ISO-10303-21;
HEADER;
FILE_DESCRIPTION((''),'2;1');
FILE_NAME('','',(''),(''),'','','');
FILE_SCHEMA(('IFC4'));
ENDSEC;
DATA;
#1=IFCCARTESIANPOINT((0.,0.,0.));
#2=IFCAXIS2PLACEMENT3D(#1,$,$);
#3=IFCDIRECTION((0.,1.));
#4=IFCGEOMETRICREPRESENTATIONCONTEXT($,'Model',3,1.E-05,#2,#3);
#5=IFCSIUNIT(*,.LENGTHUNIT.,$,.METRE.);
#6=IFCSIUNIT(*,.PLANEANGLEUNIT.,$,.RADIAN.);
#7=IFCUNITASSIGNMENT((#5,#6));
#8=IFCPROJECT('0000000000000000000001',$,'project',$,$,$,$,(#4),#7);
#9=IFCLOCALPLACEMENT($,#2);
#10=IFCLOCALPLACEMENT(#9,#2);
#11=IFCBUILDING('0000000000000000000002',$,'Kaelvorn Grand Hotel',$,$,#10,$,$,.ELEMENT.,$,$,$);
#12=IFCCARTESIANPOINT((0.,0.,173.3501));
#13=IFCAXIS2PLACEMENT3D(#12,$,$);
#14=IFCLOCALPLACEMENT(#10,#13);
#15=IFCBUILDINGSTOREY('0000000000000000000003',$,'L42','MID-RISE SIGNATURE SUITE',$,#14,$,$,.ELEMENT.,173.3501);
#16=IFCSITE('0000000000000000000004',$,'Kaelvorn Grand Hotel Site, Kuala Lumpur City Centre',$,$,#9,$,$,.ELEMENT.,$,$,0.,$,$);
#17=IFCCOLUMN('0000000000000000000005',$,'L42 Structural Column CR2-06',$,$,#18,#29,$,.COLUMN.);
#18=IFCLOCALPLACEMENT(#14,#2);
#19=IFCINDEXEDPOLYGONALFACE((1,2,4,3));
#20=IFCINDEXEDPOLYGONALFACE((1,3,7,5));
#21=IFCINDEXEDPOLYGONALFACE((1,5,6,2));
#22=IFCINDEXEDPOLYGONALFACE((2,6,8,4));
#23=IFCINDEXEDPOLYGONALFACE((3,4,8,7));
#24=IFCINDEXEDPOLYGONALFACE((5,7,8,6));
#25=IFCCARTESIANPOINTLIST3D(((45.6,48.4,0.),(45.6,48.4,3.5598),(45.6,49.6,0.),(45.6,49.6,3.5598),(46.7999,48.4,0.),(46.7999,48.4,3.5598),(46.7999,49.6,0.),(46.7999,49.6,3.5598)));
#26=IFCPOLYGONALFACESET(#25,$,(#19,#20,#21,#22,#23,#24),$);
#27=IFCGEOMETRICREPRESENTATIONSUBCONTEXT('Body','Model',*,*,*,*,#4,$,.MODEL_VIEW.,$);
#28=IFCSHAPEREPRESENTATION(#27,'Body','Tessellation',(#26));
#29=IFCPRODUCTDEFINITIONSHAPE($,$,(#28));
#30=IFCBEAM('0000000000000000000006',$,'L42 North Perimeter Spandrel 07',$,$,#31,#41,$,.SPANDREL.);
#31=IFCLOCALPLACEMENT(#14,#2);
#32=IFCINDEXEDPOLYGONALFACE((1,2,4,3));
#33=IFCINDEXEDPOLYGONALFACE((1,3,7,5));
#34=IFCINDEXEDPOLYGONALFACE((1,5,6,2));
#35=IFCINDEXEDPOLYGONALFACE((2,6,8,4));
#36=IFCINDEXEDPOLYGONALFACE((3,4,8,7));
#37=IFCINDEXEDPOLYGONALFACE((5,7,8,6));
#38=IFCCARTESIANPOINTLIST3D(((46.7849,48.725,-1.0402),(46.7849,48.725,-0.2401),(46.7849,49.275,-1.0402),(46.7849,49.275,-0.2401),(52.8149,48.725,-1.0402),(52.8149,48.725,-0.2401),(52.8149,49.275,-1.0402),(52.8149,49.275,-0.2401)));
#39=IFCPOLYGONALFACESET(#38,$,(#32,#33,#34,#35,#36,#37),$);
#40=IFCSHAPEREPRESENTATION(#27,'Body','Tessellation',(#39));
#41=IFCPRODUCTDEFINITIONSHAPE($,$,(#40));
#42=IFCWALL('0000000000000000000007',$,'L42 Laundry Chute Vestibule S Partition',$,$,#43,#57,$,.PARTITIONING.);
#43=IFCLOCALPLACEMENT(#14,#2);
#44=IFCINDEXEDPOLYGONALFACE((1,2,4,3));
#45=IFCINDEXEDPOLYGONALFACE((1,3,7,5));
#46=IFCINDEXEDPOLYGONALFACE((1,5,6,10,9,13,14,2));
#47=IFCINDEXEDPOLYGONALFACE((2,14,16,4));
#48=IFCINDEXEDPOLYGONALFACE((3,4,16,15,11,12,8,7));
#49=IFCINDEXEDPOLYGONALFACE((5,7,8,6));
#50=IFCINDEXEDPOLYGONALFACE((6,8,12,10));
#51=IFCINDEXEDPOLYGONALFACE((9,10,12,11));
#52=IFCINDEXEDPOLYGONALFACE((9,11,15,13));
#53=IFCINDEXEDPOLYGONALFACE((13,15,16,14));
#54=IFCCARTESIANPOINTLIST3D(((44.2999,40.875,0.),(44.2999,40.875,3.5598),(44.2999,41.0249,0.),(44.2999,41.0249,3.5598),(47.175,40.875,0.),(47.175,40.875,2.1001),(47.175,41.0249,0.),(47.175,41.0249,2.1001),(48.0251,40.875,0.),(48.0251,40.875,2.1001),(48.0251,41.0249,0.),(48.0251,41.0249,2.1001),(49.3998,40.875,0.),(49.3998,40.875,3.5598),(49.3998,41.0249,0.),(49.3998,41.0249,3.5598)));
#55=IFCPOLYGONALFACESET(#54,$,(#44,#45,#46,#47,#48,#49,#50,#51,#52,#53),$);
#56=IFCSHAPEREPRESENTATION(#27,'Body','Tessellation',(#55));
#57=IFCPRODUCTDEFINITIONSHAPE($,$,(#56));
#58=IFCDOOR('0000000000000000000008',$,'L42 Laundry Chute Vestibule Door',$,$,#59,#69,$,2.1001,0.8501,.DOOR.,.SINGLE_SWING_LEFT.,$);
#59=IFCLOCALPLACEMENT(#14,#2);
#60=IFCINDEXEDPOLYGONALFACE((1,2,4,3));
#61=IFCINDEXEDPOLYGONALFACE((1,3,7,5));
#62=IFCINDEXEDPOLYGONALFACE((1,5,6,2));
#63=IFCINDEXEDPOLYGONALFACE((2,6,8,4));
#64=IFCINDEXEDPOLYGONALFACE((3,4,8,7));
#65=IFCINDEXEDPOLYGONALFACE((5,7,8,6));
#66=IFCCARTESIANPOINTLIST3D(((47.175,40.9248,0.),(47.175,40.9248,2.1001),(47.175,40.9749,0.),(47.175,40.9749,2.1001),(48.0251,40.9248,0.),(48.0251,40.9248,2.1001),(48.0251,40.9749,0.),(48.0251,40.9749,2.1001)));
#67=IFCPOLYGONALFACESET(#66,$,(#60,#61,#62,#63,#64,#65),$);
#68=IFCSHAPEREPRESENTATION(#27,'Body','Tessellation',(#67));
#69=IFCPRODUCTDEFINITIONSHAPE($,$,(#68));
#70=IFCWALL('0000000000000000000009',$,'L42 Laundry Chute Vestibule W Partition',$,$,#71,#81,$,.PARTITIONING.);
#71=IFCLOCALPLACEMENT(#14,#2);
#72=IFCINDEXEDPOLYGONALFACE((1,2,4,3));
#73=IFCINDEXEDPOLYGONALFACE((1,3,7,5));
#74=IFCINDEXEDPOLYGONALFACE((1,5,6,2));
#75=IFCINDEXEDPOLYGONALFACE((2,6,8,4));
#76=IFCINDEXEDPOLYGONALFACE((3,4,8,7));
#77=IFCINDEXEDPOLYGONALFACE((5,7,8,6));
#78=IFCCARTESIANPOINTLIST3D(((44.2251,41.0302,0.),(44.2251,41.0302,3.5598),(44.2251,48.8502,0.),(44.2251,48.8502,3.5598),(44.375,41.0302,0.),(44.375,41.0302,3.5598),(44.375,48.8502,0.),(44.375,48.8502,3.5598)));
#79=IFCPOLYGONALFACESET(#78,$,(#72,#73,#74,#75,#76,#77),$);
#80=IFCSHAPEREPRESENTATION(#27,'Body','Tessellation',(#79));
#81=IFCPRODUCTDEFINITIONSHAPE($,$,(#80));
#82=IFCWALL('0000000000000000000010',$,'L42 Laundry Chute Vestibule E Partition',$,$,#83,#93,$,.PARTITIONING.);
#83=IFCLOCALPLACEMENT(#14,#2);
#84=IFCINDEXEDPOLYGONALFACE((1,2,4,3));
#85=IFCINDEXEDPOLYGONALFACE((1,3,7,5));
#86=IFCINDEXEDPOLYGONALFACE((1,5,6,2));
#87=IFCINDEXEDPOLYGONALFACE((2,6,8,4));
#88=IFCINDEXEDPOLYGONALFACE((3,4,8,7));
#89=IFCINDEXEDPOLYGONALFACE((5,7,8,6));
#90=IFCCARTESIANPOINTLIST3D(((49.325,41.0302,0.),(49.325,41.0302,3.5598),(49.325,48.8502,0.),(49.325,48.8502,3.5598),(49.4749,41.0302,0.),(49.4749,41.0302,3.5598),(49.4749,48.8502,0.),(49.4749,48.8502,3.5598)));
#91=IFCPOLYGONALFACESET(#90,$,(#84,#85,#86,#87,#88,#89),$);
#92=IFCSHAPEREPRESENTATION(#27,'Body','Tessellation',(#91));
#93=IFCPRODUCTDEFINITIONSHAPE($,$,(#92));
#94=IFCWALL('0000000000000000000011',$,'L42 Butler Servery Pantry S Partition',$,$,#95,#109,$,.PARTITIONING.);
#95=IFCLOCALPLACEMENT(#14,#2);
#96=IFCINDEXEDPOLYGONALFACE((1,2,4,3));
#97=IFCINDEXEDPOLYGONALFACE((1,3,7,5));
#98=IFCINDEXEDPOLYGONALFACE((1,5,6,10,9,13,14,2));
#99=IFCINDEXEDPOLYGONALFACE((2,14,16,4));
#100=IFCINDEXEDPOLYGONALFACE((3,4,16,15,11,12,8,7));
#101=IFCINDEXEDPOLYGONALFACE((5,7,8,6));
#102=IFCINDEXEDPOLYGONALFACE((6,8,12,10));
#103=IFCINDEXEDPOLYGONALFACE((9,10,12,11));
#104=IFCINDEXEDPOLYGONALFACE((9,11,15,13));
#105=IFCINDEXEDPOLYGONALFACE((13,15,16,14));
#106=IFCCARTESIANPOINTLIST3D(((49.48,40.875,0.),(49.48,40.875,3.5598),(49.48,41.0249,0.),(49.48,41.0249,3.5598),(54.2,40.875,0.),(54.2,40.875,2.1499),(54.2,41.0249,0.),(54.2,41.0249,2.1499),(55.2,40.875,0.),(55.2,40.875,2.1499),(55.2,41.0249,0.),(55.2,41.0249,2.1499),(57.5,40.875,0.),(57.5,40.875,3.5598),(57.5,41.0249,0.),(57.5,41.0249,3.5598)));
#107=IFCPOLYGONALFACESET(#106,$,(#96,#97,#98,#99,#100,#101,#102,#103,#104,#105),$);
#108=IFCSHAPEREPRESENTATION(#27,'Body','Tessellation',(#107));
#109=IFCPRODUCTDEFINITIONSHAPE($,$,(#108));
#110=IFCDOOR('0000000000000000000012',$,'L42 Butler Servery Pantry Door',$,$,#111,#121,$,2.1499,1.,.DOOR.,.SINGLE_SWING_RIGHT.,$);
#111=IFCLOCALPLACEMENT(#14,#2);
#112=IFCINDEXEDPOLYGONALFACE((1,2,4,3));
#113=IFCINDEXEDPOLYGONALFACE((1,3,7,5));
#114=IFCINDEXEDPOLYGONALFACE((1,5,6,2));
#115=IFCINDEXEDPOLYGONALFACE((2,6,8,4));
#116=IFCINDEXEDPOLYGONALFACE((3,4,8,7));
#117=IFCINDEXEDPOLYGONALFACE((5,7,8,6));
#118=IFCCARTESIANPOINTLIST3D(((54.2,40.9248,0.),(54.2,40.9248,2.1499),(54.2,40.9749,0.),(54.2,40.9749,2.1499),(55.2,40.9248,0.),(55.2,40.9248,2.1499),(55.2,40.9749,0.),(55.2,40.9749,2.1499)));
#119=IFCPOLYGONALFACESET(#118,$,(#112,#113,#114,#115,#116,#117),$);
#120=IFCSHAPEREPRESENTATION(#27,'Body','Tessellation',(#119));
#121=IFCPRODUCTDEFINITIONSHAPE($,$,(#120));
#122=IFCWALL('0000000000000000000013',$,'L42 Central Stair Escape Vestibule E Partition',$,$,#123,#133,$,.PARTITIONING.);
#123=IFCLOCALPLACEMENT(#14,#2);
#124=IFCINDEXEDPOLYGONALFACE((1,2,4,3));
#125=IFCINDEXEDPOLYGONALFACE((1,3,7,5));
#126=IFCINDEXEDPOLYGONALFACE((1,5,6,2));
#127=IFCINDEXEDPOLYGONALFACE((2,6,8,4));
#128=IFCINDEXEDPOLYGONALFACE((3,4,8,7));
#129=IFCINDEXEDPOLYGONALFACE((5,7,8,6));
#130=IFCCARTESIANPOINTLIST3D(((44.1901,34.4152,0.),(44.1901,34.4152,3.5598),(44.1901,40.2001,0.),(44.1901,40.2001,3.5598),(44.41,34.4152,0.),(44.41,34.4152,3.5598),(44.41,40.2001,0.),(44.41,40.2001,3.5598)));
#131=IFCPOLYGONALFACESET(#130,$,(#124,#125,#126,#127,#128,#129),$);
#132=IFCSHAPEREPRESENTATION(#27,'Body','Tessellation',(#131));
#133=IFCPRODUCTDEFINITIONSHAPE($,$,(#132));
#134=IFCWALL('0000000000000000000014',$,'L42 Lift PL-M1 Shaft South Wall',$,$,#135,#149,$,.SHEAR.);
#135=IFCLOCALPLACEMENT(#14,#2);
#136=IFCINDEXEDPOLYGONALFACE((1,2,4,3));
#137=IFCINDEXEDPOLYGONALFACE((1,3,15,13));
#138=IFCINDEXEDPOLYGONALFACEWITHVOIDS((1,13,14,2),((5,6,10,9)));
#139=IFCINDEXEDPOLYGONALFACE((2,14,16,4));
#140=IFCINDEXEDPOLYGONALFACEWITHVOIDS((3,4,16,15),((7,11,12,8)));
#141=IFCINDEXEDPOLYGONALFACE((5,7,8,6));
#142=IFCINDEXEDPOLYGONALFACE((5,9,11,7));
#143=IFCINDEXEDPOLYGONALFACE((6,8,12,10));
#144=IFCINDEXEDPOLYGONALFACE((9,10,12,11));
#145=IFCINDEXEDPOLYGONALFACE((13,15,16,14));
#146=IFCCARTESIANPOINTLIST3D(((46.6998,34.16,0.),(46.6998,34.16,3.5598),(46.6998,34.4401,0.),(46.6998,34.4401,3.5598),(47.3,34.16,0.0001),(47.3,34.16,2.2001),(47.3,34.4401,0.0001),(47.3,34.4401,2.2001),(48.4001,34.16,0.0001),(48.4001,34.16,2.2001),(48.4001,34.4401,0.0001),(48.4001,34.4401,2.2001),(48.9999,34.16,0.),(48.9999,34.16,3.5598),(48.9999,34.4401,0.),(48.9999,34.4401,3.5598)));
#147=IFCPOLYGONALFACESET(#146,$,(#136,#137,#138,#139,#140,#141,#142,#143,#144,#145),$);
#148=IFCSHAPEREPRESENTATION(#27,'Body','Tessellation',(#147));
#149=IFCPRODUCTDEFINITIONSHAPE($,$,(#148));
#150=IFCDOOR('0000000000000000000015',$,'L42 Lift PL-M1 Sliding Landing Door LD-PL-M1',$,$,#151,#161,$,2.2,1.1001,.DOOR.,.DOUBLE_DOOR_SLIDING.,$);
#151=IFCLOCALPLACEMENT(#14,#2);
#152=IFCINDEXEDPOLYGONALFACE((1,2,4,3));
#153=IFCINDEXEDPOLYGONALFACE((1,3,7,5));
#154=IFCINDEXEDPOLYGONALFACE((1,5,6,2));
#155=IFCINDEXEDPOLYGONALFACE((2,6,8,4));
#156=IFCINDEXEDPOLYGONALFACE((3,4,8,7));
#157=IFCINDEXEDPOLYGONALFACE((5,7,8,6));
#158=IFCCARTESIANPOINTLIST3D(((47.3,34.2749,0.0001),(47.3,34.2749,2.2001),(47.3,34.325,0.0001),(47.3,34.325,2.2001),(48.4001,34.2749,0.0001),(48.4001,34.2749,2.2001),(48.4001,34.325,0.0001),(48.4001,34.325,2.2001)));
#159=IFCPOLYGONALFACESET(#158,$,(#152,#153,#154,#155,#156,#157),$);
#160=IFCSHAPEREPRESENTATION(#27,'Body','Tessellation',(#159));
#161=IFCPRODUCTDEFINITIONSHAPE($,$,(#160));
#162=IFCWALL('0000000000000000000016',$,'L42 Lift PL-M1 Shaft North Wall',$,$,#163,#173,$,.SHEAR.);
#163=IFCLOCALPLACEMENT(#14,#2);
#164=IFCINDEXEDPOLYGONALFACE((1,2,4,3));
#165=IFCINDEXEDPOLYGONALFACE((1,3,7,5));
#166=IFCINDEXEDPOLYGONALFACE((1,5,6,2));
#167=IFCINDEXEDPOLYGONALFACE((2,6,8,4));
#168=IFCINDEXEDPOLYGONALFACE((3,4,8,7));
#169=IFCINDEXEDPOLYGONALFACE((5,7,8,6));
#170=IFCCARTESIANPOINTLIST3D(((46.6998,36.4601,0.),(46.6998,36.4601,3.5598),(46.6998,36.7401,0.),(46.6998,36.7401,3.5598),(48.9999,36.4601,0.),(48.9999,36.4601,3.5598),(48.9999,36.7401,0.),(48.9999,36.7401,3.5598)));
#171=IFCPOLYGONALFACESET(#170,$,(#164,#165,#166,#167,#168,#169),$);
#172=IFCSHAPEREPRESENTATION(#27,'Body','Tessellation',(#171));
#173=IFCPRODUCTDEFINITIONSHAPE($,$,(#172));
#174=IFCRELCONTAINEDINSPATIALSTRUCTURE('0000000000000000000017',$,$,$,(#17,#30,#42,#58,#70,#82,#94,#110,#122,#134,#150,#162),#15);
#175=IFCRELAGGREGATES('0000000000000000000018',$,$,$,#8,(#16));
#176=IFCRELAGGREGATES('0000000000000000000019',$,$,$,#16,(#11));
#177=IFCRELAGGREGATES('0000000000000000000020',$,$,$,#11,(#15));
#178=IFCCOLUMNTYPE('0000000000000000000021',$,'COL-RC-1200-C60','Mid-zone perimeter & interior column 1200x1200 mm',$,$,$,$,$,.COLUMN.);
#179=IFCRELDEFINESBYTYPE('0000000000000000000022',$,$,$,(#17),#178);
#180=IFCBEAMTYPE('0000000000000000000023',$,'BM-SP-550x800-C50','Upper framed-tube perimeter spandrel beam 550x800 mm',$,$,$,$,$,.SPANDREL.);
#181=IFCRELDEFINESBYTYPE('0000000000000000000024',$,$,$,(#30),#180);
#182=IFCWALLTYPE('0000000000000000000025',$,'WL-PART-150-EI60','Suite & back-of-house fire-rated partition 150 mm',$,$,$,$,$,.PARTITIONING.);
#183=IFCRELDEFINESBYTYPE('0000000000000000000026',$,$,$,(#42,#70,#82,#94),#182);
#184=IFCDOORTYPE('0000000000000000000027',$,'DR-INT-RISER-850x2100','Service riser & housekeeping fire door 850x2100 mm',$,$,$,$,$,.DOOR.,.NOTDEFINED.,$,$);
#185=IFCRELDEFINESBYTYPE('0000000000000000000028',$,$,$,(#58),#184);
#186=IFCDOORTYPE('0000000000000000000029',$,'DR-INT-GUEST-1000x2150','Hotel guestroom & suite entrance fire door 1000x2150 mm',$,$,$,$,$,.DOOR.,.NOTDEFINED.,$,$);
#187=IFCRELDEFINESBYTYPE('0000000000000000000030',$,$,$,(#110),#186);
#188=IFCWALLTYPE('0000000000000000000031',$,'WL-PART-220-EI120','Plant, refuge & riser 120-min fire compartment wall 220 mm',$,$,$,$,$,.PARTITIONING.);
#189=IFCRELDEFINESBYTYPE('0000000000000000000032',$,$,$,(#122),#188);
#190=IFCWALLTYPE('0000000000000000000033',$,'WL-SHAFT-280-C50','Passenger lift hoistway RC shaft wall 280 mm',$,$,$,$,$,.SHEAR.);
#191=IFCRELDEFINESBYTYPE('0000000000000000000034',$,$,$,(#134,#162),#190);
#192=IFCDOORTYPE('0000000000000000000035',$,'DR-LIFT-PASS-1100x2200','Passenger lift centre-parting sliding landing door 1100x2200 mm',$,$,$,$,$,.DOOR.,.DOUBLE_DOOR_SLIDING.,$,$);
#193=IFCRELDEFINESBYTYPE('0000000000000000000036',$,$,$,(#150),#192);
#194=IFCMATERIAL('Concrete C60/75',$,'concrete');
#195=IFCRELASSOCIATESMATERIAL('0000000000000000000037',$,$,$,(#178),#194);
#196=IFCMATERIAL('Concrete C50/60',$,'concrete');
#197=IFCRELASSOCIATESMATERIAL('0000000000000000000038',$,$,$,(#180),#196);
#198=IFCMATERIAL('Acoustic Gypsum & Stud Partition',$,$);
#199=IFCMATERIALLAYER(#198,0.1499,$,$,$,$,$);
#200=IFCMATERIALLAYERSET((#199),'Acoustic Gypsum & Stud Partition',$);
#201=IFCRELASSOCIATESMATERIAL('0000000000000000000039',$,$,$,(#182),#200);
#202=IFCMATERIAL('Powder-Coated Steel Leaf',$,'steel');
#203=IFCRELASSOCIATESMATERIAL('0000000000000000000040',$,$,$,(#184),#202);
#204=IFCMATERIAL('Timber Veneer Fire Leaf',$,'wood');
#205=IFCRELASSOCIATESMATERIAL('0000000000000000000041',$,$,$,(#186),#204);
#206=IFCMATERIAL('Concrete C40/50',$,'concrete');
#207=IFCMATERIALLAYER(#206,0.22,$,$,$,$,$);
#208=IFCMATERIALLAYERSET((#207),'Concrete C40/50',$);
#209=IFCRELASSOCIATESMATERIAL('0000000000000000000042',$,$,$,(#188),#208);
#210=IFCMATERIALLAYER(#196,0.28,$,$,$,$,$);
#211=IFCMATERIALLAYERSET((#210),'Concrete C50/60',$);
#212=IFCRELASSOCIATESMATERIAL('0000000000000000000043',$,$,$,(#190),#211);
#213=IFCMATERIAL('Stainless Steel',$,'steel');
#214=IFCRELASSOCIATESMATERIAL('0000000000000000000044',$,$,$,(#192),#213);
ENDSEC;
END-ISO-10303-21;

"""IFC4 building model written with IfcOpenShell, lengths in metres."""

from ifc_helpers import new_model, si_unit, direction, frame, frame_2d, origin, origin_2d, place, context, subcontext, project, spatial, rectangle, extrude, material, layer, layer_set, material_profile, profile_set, type_object, element, fill, save


model = new_model("IFC4")

# Units and contexts
model_context = context("Model", 3, precision=1e-05, world=origin(), true_north=direction((0.0, 1.0)))
body_context = subcontext(model_context, "Body", "Model", "MODEL_VIEW")
ifc_project = project(units=[si_unit("LENGTHUNIT", "METRE"), si_unit("PLANEANGLEUNIT", "RADIAN")], contexts=[model_context])

# Site, building, storey
site_placement = place(None, origin())
site = spatial("IfcSite", under=ifc_project, at=site_placement, Name="Kaelvorn Grand Hotel Site, Kuala Lumpur City Centre", CompositionType="ELEMENT", RefElevation=0.0)
building_placement = place(site_placement, origin())
building = spatial("IfcBuilding", under=site, at=building_placement, Name="Kaelvorn Grand Hotel", CompositionType="ELEMENT")
storey_placement = place(building_placement, frame((0.0, 0.0, 173.3501)))
storey = spatial("IfcBuildingStorey", under=building, at=storey_placement, Name="L42", Description="MID-RISE SIGNATURE SUITE", CompositionType="ELEMENT", Elevation=173.3501)

# Column
ifc_material_1 = material(Name="Concrete C60/75", Category="concrete")
ifc_material_profile_1 = material_profile(ifc_material_1, rectangle(XDim=1.2, YDim=1.2, at=origin_2d()), Name="RC COL 1200x1200")
ifc_profile_set_1 = profile_set([ifc_material_profile_1], Name="Concrete C60/75")
column_type = type_object("IfcColumnType", Name="COL-RC-1200-C60", Description="Mid-zone perimeter & interior column 1200x1200 mm", PredefinedType="COLUMN", material=ifc_profile_set_1)
column_placement = place(storey_placement, frame((46.2, 49.0, 0.0), z_axis=(0.0, 0.0, 1.0), x_axis=(1.0, 0.0, 0.0)))
element("IfcColumn", 1, at=column_placement, inside=storey, type_object=column_type, Name="L42 Structural Column CR2-06", PredefinedType="COLUMN", context=body_context, shape_type="SweptSolid", body=[
    extrude(rectangle(XDim=1.2, YDim=1.2, at=origin_2d()), origin(), (0.0, 0.0, 1.0), 3.5598),
])

# Beam
ifc_material_2 = material(Name="Concrete C50/60", Category="concrete")
ifc_material_profile_2 = material_profile(ifc_material_2, rectangle(XDim=0.55, YDim=0.8, at=origin_2d()), Name="RC SPANDREL 550x800")
ifc_profile_set_2 = profile_set([ifc_material_profile_2], Name="Concrete C50/60")
beam_type = type_object("IfcBeamType", Name="BM-SP-550x800-C50", Description="Upper framed-tube perimeter spandrel beam 550x800 mm", PredefinedType="SPANDREL", material=ifc_profile_set_2)
beam_placement = place(storey_placement, frame((46.7849, 49.0, -0.6401), z_axis=(1.0, 0.0, 0.0), x_axis=(0.0, 1.0, 0.0)))
element("IfcBeam", 2, at=beam_placement, inside=storey, type_object=beam_type, Name="L42 North Perimeter Spandrel 07", PredefinedType="SPANDREL", context=body_context, shape_type="SweptSolid", body=[
    extrude(rectangle(XDim=0.55, YDim=0.8, at=origin_2d()), origin(), (0.0, 0.0, 1.0), 6.03),
])

# Wall, opening, door
ifc_material_3 = material(Name="Acoustic Gypsum & Stud Partition")
ifc_layer_1 = layer(ifc_material_3, 0.1499)
ifc_layer_set_1 = layer_set([ifc_layer_1], Name="Acoustic Gypsum & Stud Partition")
wall_type_1 = type_object("IfcWallType", Name="WL-PART-150-EI60", Description="Suite & back-of-house fire-rated partition 150 mm", PredefinedType="PARTITIONING", material=ifc_layer_set_1)
wall_1_placement = place(storey_placement, frame((44.3, 40.95, 0.0), z_axis=(0.0, 0.0, 1.0), x_axis=(1.0, 0.0, 0.0)))
wall_1 = element("IfcWall", 3, at=wall_1_placement, inside=storey, type_object=wall_type_1, Name="L42 Laundry Chute Vestibule S Partition", PredefinedType="PARTITIONING", context=body_context, shape_type="SweptSolid", body=[
    extrude(rectangle(XDim=5.0999, YDim=0.1499, at=frame_2d((2.5498, 0.0))), origin(), (0.0, 0.0, 1.0), 3.5598),
])
opening_1_placement = place(wall_1_placement, frame((2.875, 0.0, 0.0)))
opening_1 = element("IfcOpeningElement", 4, at=opening_1_placement, cuts=wall_1, PredefinedType="OPENING", context=body_context, shape_type="SweptSolid", body=[
    extrude(rectangle(XDim=0.8501, YDim=2.1001, at=frame_2d((0.425, 1.05))), frame((0.0, 0.085, 0.0), z_axis=(0.0, -1.0, 0.0), x_axis=(1.0, 0.0, 0.0)), (0.0, 0.0, 1.0), 0.1699),
])
ifc_material_4 = material(Name="Powder-Coated Steel Leaf", Category="steel")
door_type_1 = type_object("IfcDoorType", Name="DR-INT-RISER-850x2100", Description="Service riser & housekeeping fire door 850x2100 mm", OperationType="NOTDEFINED", PredefinedType="DOOR", material=ifc_material_4)
door_1_placement = place(opening_1_placement, origin())
door_1 = element("IfcDoor", 5, at=door_1_placement, inside=storey, type_object=door_type_1, Name="L42 Laundry Chute Vestibule Door", OperationType="SINGLE_SWING_LEFT", OverallHeight=2.1001, OverallWidth=0.8501, PredefinedType="DOOR", context=body_context, shape_type="SweptSolid", body=[
    extrude(rectangle(XDim=0.8501, YDim=2.1001, at=frame_2d((0.425, 1.05))), frame((0.0, 0.0249, 0.0), z_axis=(0.0, -1.0, 0.0), x_axis=(1.0, 0.0, 0.0)), (0.0, 0.0, 1.0), 0.05),
])
fill(opening_1, door_1)

# Walls
for number, where, z_axis, x_axis, name in (
    (6, (44.3, 41.03, 0.0), (0.0, 0.0, 1.0), (0.0, 1.0, 0.0), "L42 Laundry Chute Vestibule W Partition"),
    (7, (49.3999, 41.03, 0.0), (0.0, 0.0, 1.0), (0.0, 1.0, 0.0), "L42 Laundry Chute Vestibule E Partition"),
):
    element("IfcWall", number, at=place(storey_placement, frame(where, z_axis=z_axis, x_axis=x_axis)), inside=storey, type_object=wall_type_1, Name=name, PredefinedType="PARTITIONING", context=body_context, shape_type="SweptSolid", body=[
        extrude(rectangle(XDim=7.8201, YDim=0.1499, at=frame_2d((3.9102, 0.0))), origin(), (0.0, 0.0, 1.0), 3.5598),
    ])

# Wall, opening, door
wall_2_placement = place(storey_placement, frame((49.48, 40.95, 0.0), z_axis=(0.0, 0.0, 1.0), x_axis=(1.0, 0.0, 0.0)))
wall_2 = element("IfcWall", 8, at=wall_2_placement, inside=storey, type_object=wall_type_1, Name="L42 Butler Servery Pantry S Partition", PredefinedType="PARTITIONING", context=body_context, shape_type="SweptSolid", body=[
    extrude(rectangle(XDim=8.02, YDim=0.1499, at=frame_2d((4.01, 0.0))), origin(), (0.0, 0.0, 1.0), 3.5598),
])
opening_2_placement = place(wall_2_placement, frame((4.72, 0.0, 0.0)))
opening_2 = element("IfcOpeningElement", 9, at=opening_2_placement, cuts=wall_2, PredefinedType="OPENING", context=body_context, shape_type="SweptSolid", body=[
    extrude(rectangle(XDim=1.0, YDim=2.1499, at=frame_2d((0.5, 1.075))), frame((0.0, 0.085, 0.0), z_axis=(0.0, -1.0, 0.0), x_axis=(1.0, 0.0, 0.0)), (0.0, 0.0, 1.0), 0.1699),
])
ifc_material_5 = material(Name="Timber Veneer Fire Leaf", Category="wood")
door_type_2 = type_object("IfcDoorType", Name="DR-INT-GUEST-1000x2150", Description="Hotel guestroom & suite entrance fire door 1000x2150 mm", OperationType="NOTDEFINED", PredefinedType="DOOR", material=ifc_material_5)
door_2_placement = place(opening_2_placement, origin())
door_2 = element("IfcDoor", 10, at=door_2_placement, inside=storey, type_object=door_type_2, Name="L42 Butler Servery Pantry Door", OperationType="SINGLE_SWING_RIGHT", OverallHeight=2.1499, OverallWidth=1.0, PredefinedType="DOOR", context=body_context, shape_type="SweptSolid", body=[
    extrude(rectangle(XDim=1.0, YDim=2.1499, at=frame_2d((0.5, 1.075))), frame((0.0, 0.0249, 0.0), z_axis=(0.0, -1.0, 0.0), x_axis=(1.0, 0.0, 0.0)), (0.0, 0.0, 1.0), 0.05),
])
fill(opening_2, door_2)

# Wall
ifc_material_6 = material(Name="Concrete C40/50", Category="concrete")
ifc_layer_2 = layer(ifc_material_6, 0.22)
ifc_layer_set_2 = layer_set([ifc_layer_2], Name="Concrete C40/50")
wall_type_2 = type_object("IfcWallType", Name="WL-PART-220-EI120", Description="Plant, refuge & riser 120-min fire compartment wall 220 mm", PredefinedType="PARTITIONING", material=ifc_layer_set_2)
wall_3_placement = place(storey_placement, frame((44.3, 34.415, 0.0), z_axis=(0.0, 0.0, 1.0), x_axis=(0.0, 1.0, 0.0)))
element("IfcWall", 11, at=wall_3_placement, inside=storey, type_object=wall_type_2, Name="L42 Central Stair Escape Vestibule E Partition", PredefinedType="PARTITIONING", context=body_context, shape_type="SweptSolid", body=[
    extrude(rectangle(XDim=5.7849, YDim=0.22, at=frame_2d((2.8926, 0.0))), origin(), (0.0, 0.0, 1.0), 3.5598),
])

# Wall, opening, door
ifc_layer_3 = layer(ifc_material_2, 0.28)
ifc_layer_set_3 = layer_set([ifc_layer_3], Name="Concrete C50/60")
wall_type_3 = type_object("IfcWallType", Name="WL-SHAFT-280-C50", Description="Passenger lift hoistway RC shaft wall 280 mm", PredefinedType="SHEAR", material=ifc_layer_set_3)
wall_4_placement = place(storey_placement, frame((46.7, 34.3, 0.0), z_axis=(0.0, 0.0, 1.0), x_axis=(1.0, 0.0, 0.0)))
wall_4 = element("IfcWall", 12, at=wall_4_placement, inside=storey, type_object=wall_type_3, Name="L42 Lift PL-M1 Shaft South Wall", PredefinedType="SHEAR", context=body_context, shape_type="SweptSolid", body=[
    extrude(rectangle(XDim=2.3, YDim=0.28, at=frame_2d((1.1499, 0.0))), origin(), (0.0, 0.0, 1.0), 3.5598),
])
opening_3_placement = place(wall_4_placement, frame((0.6001, 0.0, 0.0)))
opening_3 = element("IfcOpeningElement", 13, at=opening_3_placement, cuts=wall_4, PredefinedType="OPENING", context=body_context, shape_type="SweptSolid", body=[
    extrude(rectangle(XDim=1.1001, YDim=2.2, at=frame_2d((0.55, 1.1001))), frame((0.0, 0.1499, 0.0), z_axis=(0.0, -1.0, 0.0), x_axis=(1.0, 0.0, 0.0)), (0.0, 0.0, 1.0), 0.3),
])
ifc_material_7 = material(Name="Stainless Steel", Category="steel")
door_type_3 = type_object("IfcDoorType", Name="DR-LIFT-PASS-1100x2200", Description="Passenger lift centre-parting sliding landing door 1100x2200 mm", OperationType="DOUBLE_DOOR_SLIDING", PredefinedType="DOOR", material=ifc_material_7)
door_3_placement = place(opening_3_placement, origin())
door_3 = element("IfcDoor", 14, at=door_3_placement, inside=storey, type_object=door_type_3, Name="L42 Lift PL-M1 Sliding Landing Door LD-PL-M1", OperationType="DOUBLE_DOOR_SLIDING", OverallHeight=2.2, OverallWidth=1.1001, PredefinedType="DOOR", context=body_context, shape_type="SweptSolid", body=[
    extrude(rectangle(XDim=1.1001, YDim=2.2, at=frame_2d((0.55, 1.1001))), frame((0.0, 0.0249, 0.0), z_axis=(0.0, -1.0, 0.0), x_axis=(1.0, 0.0, 0.0)), (0.0, 0.0, 1.0), 0.05),
])
fill(opening_3, door_3)

# Wall
wall_5_placement = place(storey_placement, frame((46.7, 36.6001, 0.0), z_axis=(0.0, 0.0, 1.0), x_axis=(1.0, 0.0, 0.0)))
element("IfcWall", 15, at=wall_5_placement, inside=storey, type_object=wall_type_3, Name="L42 Lift PL-M1 Shaft North Wall", PredefinedType="SHEAR", context=body_context, shape_type="SweptSolid", body=[
    extrude(rectangle(XDim=2.3, YDim=0.28, at=frame_2d((1.1499, 0.0))), origin(), (0.0, 0.0, 1.0), 3.5598),
])

save(model, "model.ifc")
